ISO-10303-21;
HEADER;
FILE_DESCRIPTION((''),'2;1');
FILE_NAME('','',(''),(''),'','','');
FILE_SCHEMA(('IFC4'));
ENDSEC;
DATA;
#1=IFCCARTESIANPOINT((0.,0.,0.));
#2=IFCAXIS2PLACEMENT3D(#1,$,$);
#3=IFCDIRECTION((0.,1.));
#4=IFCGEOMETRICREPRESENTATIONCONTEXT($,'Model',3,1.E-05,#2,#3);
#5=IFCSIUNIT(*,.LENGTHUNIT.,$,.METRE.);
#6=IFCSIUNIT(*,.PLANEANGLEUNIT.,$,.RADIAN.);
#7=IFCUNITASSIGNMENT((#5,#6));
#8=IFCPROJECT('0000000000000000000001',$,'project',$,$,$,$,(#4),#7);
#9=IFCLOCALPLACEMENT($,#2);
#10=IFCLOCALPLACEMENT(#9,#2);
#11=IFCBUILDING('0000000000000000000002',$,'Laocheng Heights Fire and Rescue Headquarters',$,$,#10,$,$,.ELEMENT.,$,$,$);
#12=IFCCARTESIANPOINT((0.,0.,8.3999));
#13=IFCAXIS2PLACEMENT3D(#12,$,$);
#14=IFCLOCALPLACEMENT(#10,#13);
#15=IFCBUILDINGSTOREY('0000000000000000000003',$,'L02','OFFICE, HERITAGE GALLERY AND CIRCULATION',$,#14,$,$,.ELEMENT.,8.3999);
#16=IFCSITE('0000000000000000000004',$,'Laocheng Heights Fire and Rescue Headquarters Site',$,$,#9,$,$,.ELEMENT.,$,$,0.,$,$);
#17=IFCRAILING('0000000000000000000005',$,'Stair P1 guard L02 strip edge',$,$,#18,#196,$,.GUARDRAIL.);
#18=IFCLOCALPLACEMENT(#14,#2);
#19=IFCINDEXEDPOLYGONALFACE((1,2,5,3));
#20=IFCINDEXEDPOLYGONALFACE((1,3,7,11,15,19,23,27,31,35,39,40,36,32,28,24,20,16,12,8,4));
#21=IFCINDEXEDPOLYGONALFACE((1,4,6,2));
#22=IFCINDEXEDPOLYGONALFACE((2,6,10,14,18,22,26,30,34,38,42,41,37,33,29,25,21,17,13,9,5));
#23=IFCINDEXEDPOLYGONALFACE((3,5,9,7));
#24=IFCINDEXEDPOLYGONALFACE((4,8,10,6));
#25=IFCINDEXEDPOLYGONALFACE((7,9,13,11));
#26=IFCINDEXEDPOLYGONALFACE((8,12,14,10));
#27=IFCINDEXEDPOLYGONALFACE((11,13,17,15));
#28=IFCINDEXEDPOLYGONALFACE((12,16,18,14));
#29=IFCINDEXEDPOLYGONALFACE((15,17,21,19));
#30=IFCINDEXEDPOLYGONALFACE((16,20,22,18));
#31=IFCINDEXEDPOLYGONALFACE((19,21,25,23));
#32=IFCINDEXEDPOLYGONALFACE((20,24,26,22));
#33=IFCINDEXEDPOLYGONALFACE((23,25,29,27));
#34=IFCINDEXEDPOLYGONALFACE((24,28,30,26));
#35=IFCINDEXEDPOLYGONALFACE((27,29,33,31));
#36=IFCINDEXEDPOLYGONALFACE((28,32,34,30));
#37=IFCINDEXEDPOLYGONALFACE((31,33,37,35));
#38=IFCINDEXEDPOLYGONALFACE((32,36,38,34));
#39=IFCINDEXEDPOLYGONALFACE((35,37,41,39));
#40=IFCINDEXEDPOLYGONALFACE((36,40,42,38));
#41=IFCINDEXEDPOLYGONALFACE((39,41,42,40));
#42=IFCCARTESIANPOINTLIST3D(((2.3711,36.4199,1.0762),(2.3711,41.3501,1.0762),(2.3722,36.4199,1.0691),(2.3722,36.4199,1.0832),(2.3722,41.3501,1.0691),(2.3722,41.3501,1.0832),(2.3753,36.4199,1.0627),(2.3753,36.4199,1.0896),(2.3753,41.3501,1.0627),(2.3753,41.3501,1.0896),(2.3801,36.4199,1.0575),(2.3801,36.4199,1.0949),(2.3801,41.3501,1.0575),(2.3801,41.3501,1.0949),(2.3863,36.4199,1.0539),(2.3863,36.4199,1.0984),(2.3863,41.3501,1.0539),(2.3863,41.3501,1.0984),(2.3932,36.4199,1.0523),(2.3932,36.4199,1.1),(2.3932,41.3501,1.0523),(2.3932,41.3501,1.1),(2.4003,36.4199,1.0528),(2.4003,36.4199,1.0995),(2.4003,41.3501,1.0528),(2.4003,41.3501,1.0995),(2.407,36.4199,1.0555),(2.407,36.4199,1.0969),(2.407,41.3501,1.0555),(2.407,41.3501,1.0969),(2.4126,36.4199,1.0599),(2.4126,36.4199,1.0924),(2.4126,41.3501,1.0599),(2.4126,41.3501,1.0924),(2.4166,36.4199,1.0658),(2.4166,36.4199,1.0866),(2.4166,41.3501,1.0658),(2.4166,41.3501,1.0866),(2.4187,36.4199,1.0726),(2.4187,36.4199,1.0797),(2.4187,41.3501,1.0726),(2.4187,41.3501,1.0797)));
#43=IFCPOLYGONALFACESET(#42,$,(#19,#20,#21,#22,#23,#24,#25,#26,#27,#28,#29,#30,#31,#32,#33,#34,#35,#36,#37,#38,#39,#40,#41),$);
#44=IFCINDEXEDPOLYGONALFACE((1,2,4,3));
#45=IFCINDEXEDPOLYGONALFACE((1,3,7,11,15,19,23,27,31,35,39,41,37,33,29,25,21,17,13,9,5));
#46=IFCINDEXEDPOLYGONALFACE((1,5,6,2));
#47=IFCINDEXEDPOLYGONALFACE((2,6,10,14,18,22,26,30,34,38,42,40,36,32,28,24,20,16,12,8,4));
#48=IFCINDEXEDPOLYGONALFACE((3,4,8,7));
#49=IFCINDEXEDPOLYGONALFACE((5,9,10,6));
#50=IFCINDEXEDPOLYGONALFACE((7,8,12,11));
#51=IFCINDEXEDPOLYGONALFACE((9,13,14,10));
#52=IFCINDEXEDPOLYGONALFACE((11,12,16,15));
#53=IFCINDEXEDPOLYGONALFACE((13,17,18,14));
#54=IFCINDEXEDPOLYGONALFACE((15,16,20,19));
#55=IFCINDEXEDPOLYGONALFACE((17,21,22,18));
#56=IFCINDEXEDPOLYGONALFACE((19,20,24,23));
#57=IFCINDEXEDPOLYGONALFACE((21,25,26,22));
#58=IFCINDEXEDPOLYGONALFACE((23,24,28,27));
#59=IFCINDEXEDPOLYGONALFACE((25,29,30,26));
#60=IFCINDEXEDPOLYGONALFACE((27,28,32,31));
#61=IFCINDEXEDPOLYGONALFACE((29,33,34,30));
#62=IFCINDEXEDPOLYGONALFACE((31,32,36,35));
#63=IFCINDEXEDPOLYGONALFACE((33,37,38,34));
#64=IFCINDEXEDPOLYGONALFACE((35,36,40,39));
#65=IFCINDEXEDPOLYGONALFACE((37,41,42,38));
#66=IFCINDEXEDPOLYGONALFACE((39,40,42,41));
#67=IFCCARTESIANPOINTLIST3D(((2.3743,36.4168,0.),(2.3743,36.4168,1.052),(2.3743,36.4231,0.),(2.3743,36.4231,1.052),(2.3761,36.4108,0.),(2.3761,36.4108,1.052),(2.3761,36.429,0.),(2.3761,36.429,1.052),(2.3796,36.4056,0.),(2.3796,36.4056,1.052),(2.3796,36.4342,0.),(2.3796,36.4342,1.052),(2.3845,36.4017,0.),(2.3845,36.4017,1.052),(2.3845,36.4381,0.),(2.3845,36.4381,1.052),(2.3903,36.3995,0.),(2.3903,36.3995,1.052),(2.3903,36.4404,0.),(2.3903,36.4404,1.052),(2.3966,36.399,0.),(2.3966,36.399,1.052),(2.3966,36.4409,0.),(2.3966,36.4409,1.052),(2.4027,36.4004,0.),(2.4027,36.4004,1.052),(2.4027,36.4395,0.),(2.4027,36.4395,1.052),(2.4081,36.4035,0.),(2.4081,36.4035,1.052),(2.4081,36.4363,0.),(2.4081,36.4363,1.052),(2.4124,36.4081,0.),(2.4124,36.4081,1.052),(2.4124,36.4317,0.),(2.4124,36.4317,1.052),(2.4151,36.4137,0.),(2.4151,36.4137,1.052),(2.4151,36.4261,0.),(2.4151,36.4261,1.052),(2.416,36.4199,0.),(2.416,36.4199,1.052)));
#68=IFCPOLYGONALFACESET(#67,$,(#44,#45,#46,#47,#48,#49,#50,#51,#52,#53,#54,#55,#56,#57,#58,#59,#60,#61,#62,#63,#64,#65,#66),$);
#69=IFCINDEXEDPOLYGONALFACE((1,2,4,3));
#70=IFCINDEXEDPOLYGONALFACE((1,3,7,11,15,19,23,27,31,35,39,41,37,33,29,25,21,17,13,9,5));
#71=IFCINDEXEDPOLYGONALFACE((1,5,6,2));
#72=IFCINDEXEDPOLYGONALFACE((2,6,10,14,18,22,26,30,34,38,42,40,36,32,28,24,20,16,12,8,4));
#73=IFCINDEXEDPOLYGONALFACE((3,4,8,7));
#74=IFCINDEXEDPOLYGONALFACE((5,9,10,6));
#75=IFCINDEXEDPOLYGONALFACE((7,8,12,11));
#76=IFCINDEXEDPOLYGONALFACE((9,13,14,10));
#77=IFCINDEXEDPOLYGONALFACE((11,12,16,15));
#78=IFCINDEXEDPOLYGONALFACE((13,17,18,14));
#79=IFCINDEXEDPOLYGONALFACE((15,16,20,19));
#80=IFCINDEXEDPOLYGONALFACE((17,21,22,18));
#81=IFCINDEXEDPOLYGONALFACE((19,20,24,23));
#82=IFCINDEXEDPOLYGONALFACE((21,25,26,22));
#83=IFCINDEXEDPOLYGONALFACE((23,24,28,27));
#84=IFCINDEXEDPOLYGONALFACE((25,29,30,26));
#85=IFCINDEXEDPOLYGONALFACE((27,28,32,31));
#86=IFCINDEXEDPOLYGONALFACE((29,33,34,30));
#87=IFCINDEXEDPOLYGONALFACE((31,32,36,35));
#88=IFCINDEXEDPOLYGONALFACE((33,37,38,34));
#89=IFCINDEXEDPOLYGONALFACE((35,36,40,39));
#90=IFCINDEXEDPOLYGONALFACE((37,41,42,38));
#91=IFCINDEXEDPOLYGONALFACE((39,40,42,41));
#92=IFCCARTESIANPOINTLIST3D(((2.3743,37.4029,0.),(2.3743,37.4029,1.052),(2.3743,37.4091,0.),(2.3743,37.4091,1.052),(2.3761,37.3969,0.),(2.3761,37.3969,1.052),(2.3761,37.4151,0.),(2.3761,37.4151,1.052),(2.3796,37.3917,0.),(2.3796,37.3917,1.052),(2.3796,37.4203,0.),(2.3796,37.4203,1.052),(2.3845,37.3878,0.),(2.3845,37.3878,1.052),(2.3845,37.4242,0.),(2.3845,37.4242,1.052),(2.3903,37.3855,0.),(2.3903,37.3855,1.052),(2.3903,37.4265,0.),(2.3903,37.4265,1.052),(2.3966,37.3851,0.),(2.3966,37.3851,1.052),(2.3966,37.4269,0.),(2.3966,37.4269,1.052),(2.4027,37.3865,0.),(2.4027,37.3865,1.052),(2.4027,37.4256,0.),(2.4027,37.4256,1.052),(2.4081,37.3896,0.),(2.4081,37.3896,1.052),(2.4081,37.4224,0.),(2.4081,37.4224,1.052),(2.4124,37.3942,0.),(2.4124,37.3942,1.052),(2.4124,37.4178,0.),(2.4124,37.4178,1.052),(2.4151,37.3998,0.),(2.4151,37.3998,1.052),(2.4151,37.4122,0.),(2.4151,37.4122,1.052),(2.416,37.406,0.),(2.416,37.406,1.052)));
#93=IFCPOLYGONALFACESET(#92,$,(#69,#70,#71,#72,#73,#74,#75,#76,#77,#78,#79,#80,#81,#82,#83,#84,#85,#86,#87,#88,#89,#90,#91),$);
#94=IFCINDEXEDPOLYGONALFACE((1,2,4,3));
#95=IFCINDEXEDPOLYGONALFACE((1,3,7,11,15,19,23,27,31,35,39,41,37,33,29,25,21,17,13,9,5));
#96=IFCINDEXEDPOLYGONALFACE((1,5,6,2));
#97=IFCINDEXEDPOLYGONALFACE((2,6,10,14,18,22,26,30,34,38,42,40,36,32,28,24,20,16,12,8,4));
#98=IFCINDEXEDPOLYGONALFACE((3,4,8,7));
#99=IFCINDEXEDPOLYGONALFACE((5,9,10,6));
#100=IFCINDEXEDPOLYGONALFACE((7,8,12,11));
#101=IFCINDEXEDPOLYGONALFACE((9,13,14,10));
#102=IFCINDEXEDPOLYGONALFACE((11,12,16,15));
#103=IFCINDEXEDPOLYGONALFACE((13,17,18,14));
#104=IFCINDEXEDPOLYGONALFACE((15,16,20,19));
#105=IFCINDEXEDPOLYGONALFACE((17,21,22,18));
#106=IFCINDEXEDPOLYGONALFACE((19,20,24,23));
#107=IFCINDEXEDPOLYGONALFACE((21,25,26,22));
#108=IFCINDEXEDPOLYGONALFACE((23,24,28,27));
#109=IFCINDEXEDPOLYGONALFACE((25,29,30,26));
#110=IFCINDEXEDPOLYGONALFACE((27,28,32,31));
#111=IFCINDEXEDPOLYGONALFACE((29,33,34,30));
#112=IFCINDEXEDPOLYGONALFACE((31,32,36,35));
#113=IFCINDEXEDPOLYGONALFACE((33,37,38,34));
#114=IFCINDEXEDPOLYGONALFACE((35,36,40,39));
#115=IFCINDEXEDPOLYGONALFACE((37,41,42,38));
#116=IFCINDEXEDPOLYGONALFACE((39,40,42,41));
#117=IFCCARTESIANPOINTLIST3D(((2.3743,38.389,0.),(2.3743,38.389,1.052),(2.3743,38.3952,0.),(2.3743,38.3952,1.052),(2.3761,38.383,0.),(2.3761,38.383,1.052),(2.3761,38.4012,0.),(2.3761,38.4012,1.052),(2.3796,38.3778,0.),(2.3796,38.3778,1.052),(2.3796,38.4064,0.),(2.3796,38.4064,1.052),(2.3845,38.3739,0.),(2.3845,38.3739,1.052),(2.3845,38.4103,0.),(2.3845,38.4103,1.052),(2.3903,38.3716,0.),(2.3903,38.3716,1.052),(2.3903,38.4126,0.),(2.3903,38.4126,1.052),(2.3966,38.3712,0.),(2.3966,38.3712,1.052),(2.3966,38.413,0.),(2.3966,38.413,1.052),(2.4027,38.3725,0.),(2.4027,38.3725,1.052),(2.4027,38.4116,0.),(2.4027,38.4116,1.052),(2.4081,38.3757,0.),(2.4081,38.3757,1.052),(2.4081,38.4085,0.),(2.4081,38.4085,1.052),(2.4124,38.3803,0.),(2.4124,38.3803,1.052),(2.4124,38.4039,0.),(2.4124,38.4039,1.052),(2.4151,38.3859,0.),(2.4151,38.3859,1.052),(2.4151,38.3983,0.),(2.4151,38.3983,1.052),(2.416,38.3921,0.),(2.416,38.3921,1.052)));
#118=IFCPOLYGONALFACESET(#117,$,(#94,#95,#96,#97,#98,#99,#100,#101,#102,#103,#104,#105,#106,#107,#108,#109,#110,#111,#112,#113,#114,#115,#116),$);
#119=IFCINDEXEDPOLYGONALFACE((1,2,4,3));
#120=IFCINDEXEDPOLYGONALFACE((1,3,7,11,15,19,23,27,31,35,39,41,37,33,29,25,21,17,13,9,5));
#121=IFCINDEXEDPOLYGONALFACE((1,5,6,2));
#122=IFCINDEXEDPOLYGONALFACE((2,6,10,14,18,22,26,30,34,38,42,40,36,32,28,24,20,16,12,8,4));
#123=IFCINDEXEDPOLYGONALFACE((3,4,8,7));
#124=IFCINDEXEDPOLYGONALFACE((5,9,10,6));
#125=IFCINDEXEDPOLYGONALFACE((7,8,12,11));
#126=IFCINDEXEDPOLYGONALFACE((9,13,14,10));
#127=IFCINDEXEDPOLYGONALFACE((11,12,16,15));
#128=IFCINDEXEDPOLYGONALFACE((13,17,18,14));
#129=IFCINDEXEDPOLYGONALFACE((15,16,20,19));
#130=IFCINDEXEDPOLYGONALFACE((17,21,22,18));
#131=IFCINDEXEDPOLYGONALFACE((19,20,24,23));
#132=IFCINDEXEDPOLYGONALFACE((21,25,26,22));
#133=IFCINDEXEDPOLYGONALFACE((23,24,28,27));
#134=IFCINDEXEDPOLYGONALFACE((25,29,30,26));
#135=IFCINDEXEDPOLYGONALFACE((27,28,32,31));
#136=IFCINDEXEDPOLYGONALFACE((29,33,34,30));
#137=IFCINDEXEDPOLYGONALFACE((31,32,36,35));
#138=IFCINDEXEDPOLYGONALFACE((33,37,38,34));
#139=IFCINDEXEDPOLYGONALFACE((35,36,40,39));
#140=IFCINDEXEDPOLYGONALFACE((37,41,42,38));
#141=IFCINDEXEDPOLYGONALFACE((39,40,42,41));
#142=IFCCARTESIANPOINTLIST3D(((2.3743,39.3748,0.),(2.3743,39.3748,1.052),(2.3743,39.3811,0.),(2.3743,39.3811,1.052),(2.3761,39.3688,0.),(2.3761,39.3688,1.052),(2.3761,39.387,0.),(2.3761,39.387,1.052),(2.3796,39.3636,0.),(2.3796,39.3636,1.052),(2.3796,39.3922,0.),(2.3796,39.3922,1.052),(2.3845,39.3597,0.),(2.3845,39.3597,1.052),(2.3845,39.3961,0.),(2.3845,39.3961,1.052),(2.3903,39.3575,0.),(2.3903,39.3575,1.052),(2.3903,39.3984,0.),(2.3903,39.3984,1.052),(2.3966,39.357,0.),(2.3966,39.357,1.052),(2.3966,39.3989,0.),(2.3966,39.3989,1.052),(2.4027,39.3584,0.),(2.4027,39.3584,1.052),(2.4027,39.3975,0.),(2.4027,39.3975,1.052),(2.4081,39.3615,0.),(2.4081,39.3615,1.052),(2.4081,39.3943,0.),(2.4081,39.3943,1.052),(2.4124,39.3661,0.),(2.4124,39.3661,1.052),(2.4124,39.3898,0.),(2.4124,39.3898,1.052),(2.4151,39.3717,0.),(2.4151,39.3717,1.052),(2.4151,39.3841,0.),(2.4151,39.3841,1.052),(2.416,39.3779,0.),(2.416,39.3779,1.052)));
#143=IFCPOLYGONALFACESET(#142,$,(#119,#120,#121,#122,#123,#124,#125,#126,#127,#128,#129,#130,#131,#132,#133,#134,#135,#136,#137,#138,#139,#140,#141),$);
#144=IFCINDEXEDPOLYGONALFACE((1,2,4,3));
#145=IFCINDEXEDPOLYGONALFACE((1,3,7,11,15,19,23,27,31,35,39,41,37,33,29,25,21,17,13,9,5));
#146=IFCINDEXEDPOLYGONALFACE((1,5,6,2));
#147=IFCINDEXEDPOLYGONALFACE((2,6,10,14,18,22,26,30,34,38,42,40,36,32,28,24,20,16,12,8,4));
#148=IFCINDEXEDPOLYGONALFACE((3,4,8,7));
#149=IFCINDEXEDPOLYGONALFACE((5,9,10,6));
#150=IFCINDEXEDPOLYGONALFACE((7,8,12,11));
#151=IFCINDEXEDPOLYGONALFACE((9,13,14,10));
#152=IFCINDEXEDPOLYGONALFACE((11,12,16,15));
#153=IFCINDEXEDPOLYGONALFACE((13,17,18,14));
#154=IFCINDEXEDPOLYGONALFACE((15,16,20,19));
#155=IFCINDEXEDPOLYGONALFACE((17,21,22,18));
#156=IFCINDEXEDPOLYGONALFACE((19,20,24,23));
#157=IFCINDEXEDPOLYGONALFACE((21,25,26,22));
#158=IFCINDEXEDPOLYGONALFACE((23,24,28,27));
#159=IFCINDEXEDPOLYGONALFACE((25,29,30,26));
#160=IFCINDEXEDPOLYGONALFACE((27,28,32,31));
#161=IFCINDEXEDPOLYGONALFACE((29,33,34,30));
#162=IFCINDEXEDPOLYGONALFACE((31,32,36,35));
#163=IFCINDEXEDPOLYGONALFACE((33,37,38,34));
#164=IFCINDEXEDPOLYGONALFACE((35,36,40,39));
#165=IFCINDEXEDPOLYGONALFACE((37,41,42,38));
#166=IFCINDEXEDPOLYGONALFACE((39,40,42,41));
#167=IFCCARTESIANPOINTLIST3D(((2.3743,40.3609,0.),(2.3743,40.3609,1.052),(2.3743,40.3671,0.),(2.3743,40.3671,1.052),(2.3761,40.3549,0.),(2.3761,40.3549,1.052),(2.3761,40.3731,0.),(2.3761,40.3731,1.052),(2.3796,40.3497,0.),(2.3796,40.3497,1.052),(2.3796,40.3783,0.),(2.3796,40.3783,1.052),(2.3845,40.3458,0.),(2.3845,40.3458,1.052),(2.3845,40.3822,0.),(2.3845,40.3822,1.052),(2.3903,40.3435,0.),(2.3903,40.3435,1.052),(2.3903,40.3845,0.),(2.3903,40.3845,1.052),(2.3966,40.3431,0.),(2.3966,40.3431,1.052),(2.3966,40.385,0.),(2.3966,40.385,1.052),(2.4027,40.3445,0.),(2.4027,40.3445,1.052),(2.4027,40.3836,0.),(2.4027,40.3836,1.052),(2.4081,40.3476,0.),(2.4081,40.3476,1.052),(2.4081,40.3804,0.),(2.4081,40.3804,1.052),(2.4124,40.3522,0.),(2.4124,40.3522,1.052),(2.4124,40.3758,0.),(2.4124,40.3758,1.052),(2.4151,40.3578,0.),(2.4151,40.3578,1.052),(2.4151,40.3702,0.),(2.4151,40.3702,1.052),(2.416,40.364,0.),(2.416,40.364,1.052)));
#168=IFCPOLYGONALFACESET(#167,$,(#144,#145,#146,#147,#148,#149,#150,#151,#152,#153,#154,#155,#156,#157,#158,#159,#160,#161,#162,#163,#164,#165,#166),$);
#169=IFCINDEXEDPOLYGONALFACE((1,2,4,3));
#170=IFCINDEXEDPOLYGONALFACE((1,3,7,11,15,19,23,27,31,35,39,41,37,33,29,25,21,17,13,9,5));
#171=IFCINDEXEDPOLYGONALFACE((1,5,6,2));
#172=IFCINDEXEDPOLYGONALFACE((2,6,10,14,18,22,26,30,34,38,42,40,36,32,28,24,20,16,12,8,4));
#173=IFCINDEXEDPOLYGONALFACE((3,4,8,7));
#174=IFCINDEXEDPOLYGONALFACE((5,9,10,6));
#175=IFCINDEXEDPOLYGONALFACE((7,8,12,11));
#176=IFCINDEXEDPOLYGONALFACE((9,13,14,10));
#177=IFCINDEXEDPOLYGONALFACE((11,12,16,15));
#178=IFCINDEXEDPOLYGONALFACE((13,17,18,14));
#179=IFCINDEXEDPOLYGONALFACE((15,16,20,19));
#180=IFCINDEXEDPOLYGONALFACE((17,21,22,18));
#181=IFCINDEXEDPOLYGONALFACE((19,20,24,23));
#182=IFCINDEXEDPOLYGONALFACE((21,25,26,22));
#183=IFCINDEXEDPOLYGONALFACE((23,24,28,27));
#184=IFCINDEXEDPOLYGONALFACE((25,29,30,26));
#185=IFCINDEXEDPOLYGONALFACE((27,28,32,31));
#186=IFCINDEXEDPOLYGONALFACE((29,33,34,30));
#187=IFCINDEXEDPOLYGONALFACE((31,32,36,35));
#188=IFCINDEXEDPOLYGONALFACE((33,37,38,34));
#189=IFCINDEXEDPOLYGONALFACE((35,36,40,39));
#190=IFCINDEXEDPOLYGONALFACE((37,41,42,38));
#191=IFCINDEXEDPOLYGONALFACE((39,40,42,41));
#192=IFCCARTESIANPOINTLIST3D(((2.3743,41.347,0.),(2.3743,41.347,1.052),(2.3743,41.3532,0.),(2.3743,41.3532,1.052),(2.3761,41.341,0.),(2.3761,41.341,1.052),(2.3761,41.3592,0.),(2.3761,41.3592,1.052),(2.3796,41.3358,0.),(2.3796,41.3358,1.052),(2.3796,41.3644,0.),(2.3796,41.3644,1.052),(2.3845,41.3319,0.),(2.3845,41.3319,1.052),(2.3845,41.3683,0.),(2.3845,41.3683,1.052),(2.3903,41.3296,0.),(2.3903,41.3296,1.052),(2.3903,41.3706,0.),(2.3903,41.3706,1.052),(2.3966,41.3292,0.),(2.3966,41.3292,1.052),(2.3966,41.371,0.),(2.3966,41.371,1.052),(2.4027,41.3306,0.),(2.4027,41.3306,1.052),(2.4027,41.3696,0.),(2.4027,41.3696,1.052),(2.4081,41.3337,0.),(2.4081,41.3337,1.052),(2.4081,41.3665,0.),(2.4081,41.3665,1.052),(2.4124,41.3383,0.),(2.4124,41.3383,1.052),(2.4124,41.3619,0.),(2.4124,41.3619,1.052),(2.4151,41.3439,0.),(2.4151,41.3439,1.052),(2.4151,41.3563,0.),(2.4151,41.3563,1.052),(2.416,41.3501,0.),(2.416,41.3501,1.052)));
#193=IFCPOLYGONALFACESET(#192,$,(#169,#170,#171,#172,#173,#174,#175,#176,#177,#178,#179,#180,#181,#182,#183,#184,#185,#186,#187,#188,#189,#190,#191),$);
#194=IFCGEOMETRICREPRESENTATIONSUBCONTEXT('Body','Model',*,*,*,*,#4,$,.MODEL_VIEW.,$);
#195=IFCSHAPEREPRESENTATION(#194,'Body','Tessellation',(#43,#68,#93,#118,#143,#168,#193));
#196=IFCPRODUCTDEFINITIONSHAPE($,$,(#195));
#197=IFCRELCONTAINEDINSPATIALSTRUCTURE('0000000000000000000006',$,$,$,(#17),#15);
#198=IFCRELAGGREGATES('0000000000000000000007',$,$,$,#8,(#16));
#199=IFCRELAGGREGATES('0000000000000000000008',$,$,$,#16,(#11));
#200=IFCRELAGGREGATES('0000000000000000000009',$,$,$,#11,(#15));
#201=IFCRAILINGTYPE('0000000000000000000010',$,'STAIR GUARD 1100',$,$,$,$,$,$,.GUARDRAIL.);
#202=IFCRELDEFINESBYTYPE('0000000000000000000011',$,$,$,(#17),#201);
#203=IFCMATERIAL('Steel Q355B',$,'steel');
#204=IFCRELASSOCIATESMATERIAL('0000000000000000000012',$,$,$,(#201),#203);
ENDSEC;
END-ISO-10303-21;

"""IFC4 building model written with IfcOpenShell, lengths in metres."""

from ifc_helpers import new_model, si_unit, direction, frame, origin, origin_2d, place, context, subcontext, project, spatial, circle, extrude, material, type_object, element, save


model = new_model("IFC4")

# Units and contexts
model_context = context("Model", 3, precision=1e-05, world=origin(), true_north=direction((0.0, 1.0)))
body_context = subcontext(model_context, "Body", "Model", "MODEL_VIEW")
ifc_project = project(units=[si_unit("LENGTHUNIT", "METRE"), si_unit("PLANEANGLEUNIT", "RADIAN")], contexts=[model_context])

# Site, building, storey
site_placement = place(None, origin())
site = spatial("IfcSite", under=ifc_project, at=site_placement, Name="Laocheng Heights Fire and Rescue Headquarters Site", CompositionType="ELEMENT", RefElevation=0.0)
building_placement = place(site_placement, origin())
building = spatial("IfcBuilding", under=site, at=building_placement, Name="Laocheng Heights Fire and Rescue Headquarters", CompositionType="ELEMENT")
storey_placement = place(building_placement, frame((0.0, 0.0, 8.3999)))
storey = spatial("IfcBuildingStorey", under=building, at=storey_placement, Name="L02", Description="OFFICE, HERITAGE GALLERY AND CIRCULATION", CompositionType="ELEMENT", Elevation=8.3999)

# Railing
ifc_material_1 = material(Name="Steel Q355B", Category="steel")
railing_type_1 = type_object("IfcRailingType", Name="STAIR GUARD 1100", PredefinedType="GUARDRAIL", material=ifc_material_1)
railing_1_placement = place(storey_placement, frame((2.395, 36.4199, 0.0)))
element("IfcRailing", 1, at=railing_1_placement, inside=storey, type_object=railing_type_1, Name="Stair P1 guard L02 strip edge", PredefinedType="GUARDRAIL", context=body_context, shape_type="SweptSolid", body=[
    extrude(circle(Radius=0.0239, at=origin_2d()), frame((0.0, 0.0, 1.0762), z_axis=(0.0, 1.0, 0.0), x_axis=(-1.0, 0.0, 0.0)), (0.0, 0.0, 1.0), 4.9302),
    extrude(circle(Radius=0.021, at=origin_2d()), origin(), (0.0, 0.0, 1.0), 1.052),
    extrude(circle(Radius=0.021, at=origin_2d()), frame((0.0, 0.9861, 0.0)), (0.0, 0.0, 1.0), 1.052),
    extrude(circle(Radius=0.021, at=origin_2d()), frame((0.0, 1.9722, 0.0)), (0.0, 0.0, 1.0), 1.052),
    extrude(circle(Radius=0.021, at=origin_2d()), frame((0.0, 2.958, 0.0)), (0.0, 0.0, 1.0), 1.052),
    extrude(circle(Radius=0.021, at=origin_2d()), frame((0.0, 3.9441, 0.0)), (0.0, 0.0, 1.0), 1.052),
    extrude(circle(Radius=0.021, at=origin_2d()), frame((0.0, 4.9302, 0.0)), (0.0, 0.0, 1.0), 1.052),
])

save(model, "model.ifc")
